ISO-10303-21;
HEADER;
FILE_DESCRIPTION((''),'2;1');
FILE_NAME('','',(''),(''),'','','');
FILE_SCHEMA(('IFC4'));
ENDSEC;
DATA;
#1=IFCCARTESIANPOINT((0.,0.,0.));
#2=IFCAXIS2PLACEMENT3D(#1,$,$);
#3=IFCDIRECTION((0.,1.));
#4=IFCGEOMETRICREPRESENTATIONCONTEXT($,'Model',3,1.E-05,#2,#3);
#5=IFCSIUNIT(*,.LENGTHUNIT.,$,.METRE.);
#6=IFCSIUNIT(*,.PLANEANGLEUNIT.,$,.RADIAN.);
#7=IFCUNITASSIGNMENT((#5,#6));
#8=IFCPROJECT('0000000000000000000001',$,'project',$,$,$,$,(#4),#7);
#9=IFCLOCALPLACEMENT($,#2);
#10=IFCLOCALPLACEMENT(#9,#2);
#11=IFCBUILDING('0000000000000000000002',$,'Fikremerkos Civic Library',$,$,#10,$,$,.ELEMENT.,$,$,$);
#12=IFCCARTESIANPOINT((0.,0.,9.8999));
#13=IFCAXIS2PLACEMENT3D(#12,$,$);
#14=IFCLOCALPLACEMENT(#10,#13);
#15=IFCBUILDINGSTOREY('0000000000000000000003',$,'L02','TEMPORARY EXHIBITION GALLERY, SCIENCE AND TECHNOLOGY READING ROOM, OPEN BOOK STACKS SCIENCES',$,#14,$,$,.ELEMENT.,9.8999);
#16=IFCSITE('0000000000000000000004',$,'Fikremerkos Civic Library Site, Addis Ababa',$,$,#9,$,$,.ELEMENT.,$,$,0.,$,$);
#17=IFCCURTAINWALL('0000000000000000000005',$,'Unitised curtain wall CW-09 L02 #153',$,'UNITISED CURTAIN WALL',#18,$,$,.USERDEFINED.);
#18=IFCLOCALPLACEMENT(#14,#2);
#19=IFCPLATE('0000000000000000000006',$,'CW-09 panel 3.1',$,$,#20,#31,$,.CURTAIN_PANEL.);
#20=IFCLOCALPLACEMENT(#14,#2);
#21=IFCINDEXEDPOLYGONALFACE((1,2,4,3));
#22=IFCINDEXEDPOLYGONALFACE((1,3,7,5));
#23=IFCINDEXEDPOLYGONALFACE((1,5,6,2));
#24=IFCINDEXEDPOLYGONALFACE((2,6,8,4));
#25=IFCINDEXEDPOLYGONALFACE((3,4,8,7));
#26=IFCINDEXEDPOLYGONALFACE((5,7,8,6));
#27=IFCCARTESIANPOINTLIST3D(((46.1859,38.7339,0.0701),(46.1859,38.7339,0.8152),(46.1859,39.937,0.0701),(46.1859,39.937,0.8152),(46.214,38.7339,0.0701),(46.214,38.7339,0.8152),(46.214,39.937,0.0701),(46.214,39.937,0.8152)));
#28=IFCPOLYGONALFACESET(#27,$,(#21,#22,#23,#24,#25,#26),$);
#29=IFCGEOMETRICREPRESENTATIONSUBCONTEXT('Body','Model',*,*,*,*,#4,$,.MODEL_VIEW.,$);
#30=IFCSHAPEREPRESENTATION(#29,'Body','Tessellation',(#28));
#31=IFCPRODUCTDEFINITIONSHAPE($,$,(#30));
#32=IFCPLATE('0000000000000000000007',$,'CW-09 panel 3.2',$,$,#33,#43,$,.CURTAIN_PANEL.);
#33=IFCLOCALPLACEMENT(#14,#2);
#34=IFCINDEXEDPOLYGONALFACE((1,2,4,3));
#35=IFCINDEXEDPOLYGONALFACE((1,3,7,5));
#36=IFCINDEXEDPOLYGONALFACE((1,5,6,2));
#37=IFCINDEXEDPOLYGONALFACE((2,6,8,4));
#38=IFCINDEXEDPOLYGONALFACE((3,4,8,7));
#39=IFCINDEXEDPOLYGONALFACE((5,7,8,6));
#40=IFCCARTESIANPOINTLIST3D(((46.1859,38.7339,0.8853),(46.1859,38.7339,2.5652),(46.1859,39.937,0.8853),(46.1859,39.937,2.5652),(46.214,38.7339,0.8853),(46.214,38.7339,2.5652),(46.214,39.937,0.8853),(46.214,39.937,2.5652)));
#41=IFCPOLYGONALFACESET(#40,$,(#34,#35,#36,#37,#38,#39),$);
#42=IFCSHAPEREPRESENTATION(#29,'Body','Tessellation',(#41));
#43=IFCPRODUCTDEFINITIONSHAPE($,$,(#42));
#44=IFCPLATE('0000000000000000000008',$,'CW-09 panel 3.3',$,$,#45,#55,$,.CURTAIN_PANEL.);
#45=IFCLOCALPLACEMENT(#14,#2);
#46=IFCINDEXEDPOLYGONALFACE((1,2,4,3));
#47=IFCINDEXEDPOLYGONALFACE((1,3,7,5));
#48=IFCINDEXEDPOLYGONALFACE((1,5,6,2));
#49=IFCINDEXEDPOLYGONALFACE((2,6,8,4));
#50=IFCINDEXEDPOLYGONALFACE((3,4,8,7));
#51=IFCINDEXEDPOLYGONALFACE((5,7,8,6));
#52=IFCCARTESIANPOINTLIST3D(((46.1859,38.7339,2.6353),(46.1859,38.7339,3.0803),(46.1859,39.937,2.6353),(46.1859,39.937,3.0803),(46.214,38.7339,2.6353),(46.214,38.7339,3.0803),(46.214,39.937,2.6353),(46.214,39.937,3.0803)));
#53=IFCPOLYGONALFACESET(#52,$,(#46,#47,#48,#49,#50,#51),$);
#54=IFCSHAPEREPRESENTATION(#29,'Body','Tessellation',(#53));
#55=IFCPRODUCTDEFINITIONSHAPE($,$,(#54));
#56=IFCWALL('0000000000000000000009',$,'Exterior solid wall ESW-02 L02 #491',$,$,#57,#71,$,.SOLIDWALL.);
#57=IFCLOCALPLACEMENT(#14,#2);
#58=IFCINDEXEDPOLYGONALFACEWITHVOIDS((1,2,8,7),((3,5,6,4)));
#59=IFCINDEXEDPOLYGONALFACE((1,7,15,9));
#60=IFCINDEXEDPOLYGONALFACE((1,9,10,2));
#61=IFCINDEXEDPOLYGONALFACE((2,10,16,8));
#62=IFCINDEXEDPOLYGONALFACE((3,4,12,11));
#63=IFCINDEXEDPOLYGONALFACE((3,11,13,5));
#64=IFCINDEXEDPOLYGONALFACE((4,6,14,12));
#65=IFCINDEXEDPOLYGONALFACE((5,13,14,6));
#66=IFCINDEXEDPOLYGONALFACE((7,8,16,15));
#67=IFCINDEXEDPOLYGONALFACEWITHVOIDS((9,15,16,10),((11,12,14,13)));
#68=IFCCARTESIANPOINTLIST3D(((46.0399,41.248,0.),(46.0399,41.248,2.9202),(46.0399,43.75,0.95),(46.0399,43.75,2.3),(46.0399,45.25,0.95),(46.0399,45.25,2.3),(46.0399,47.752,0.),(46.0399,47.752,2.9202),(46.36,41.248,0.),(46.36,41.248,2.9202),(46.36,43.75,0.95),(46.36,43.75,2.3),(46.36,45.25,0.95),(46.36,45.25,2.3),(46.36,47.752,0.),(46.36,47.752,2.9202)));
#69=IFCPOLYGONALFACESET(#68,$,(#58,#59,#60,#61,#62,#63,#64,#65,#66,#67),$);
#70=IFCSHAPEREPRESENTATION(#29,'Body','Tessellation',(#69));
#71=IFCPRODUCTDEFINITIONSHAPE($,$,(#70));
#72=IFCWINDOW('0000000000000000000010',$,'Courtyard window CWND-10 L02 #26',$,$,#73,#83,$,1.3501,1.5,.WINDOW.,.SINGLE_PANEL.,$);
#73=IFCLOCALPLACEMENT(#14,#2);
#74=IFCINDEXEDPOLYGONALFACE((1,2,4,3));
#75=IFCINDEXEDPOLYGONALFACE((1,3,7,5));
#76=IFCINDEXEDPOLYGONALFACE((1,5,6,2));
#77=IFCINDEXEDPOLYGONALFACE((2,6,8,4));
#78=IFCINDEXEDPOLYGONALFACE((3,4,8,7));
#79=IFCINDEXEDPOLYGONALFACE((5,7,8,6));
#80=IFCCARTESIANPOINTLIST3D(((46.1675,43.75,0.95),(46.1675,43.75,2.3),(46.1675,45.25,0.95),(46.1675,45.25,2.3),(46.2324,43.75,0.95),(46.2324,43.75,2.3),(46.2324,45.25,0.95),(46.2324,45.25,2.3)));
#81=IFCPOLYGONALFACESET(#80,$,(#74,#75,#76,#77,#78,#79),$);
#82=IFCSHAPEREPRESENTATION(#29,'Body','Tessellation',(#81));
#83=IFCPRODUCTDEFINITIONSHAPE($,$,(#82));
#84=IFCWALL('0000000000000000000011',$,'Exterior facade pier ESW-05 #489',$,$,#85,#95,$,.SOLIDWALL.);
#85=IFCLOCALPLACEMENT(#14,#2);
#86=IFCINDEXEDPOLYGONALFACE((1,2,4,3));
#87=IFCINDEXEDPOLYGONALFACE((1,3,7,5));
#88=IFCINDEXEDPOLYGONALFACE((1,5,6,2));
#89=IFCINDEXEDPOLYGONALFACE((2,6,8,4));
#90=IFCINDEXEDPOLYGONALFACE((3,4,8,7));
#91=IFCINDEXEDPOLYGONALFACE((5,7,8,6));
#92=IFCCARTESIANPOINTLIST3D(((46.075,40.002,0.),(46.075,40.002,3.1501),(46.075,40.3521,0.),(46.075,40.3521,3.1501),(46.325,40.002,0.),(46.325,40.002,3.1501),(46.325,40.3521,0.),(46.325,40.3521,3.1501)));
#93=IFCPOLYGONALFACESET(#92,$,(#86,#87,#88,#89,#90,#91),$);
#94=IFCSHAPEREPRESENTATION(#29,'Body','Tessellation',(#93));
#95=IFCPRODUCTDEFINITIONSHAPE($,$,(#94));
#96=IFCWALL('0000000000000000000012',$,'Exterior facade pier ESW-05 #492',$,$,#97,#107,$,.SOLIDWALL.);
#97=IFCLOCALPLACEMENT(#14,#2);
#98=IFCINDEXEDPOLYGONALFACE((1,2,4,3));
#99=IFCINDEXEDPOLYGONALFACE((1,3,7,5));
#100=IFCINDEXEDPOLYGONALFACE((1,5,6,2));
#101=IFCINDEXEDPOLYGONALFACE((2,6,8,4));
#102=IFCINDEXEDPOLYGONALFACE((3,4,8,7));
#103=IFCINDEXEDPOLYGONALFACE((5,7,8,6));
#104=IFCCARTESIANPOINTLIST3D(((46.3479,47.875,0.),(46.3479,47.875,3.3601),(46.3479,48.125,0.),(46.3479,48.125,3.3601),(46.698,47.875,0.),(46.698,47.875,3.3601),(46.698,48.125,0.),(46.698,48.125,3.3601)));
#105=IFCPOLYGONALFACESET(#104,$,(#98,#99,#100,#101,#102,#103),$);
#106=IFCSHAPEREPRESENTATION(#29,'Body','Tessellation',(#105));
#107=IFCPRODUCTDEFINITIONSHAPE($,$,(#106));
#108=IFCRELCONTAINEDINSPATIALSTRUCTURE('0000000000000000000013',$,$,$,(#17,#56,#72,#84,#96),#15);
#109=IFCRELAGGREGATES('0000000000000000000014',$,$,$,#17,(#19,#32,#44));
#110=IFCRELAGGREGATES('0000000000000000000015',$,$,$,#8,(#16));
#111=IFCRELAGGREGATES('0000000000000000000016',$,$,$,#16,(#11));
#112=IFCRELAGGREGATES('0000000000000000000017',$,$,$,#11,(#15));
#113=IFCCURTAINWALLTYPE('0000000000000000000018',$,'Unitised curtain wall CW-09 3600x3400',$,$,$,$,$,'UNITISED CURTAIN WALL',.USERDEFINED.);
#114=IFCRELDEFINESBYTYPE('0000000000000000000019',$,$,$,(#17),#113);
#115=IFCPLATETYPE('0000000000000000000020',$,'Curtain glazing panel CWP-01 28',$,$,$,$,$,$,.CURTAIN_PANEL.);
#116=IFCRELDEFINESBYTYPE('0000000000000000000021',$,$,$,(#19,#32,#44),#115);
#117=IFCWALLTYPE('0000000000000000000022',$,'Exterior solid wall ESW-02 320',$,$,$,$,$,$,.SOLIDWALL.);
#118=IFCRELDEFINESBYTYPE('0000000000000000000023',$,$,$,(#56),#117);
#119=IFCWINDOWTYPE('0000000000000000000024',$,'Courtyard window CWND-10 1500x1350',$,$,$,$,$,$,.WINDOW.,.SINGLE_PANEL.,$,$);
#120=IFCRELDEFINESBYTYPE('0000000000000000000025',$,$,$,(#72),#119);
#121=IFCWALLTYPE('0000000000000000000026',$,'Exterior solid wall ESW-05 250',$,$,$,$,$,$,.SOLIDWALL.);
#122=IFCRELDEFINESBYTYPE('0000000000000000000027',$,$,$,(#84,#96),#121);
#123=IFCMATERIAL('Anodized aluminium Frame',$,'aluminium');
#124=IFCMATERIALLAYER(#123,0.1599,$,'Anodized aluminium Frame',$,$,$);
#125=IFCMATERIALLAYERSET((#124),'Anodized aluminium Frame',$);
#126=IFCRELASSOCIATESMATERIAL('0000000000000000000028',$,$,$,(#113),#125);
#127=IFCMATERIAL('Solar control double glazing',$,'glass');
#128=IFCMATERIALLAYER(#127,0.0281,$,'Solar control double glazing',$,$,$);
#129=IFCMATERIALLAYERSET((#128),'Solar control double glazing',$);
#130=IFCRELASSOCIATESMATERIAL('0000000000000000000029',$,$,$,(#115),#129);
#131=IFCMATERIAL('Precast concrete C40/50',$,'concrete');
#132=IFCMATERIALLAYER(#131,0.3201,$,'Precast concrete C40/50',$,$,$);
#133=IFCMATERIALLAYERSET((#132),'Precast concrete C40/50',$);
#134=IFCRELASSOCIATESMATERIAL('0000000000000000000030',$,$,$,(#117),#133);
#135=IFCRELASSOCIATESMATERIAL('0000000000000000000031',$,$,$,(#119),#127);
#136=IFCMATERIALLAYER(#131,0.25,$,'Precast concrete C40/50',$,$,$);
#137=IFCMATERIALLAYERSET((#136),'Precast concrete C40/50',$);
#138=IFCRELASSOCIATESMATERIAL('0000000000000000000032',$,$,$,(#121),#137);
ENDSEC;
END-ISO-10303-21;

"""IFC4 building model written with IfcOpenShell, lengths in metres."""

from ifc_helpers import new_model, si_unit, direction, frame, frame_2d, origin, origin_2d, place, context, subcontext, project, spatial, rectangle, extrude, material, layer, layer_set, type_object, element, fill, aggregate, save


model = new_model("IFC4")

# Units and contexts
model_context = context("Model", 3, precision=1e-05, world=origin(), true_north=direction((0.0, 1.0)))
body_context = subcontext(model_context, "Body", "Model", "MODEL_VIEW")
ifc_project = project(units=[si_unit("LENGTHUNIT", "METRE"), si_unit("PLANEANGLEUNIT", "RADIAN")], contexts=[model_context])

# Site, building, storey
site_placement = place(None, origin())
site = spatial("IfcSite", under=ifc_project, at=site_placement, Name="Fikremerkos Civic Library Site, Addis Ababa", CompositionType="ELEMENT", RefElevation=0.0)
building_placement = place(site_placement, origin())
building = spatial("IfcBuilding", under=site, at=building_placement, Name="Fikremerkos Civic Library", CompositionType="ELEMENT")
storey_placement = place(building_placement, frame((0.0, 0.0, 9.8999)))
storey = spatial("IfcBuildingStorey", under=building, at=storey_placement, Name="L02", Description="TEMPORARY EXHIBITION GALLERY, SCIENCE AND TECHNOLOGY READING ROOM, OPEN BOOK STACKS SCIENCES", CompositionType="ELEMENT", Elevation=9.8999)

# Curtain wall
ifc_material_1 = material(Name="Anodized aluminium Frame", Category="aluminium")
ifc_layer_1 = layer(ifc_material_1, 0.1599, Name="Anodized aluminium Frame")
ifc_layer_set_1 = layer_set([ifc_layer_1], Name="Anodized aluminium Frame")
curtain_wall_type = type_object("IfcCurtainWallType", Name="Unitised curtain wall CW-09 3600x3400", ElementType="UNITISED CURTAIN WALL", PredefinedType="USERDEFINED", material=ifc_layer_set_1)
curtain_wall_placement = place(storey_placement, origin())
curtain_wall = element("IfcCurtainWall", 1, at=curtain_wall_placement, inside=storey, type_object=curtain_wall_type, Name="Unitised curtain wall CW-09 L02 #153", ObjectType="UNITISED CURTAIN WALL", PredefinedType="USERDEFINED")

# Plates
ifc_material_2 = material(Name="Solar control double glazing", Category="glass")
ifc_layer_2 = layer(ifc_material_2, 0.0281, Name="Solar control double glazing")
ifc_layer_set_2 = layer_set([ifc_layer_2], Name="Solar control double glazing")
plate_type = type_object("IfcPlateType", Name="Curtain glazing panel CWP-01 28", PredefinedType="CURTAIN_PANEL", material=ifc_layer_set_2)
plate_1_placement = place(storey_placement, frame((46.2, 39.3354, 0.0701), z_axis=(0.0, 0.0, 1.0), x_axis=(0.0, 1.0, 0.0)))
plate_1 = element("IfcPlate", 2, at=plate_1_placement, type_object=plate_type, Name="CW-09 panel 3.1", PredefinedType="CURTAIN_PANEL", context=body_context, shape_type="SweptSolid", body=[
    extrude(rectangle(XDim=1.2031, YDim=0.0281, at=origin_2d()), origin(), (0.0, 0.0, 1.0), 0.7451),
])
plate_2_placement = place(storey_placement, frame((46.2, 39.3354, 0.8853), z_axis=(0.0, 0.0, 1.0), x_axis=(0.0, 1.0, 0.0)))
plate_2 = element("IfcPlate", 3, at=plate_2_placement, type_object=plate_type, Name="CW-09 panel 3.2", PredefinedType="CURTAIN_PANEL", context=body_context, shape_type="SweptSolid", body=[
    extrude(rectangle(XDim=1.2031, YDim=0.0281, at=origin_2d()), origin(), (0.0, 0.0, 1.0), 1.6799),
])
plate_3_placement = place(storey_placement, frame((46.2, 39.3354, 2.6353), z_axis=(0.0, 0.0, 1.0), x_axis=(0.0, 1.0, 0.0)))
plate_3 = element("IfcPlate", 4, at=plate_3_placement, type_object=plate_type, Name="CW-09 panel 3.3", PredefinedType="CURTAIN_PANEL", context=body_context, shape_type="SweptSolid", body=[
    extrude(rectangle(XDim=1.2031, YDim=0.0281, at=origin_2d()), origin(), (0.0, 0.0, 1.0), 0.4451),
])
aggregate(curtain_wall, [plate_1, plate_2, plate_3])

# Wall, opening, window
ifc_material_3 = material(Name="Precast concrete C40/50", Category="concrete")
ifc_layer_3 = layer(ifc_material_3, 0.3201, Name="Precast concrete C40/50")
ifc_layer_set_3 = layer_set([ifc_layer_3], Name="Precast concrete C40/50")
wall_type_1 = type_object("IfcWallType", Name="Exterior solid wall ESW-02 320", PredefinedType="SOLIDWALL", material=ifc_layer_set_3)
wall_1_placement = place(storey_placement, frame((46.2, 41.248, 0.0), z_axis=(0.0, 0.0, 1.0), x_axis=(0.0, 1.0, 0.0)))
wall_1 = element("IfcWall", 5, at=wall_1_placement, inside=storey, type_object=wall_type_1, Name="Exterior solid wall ESW-02 L02 #491", PredefinedType="SOLIDWALL", context=body_context, shape_type="SweptSolid", body=[
    extrude(rectangle(XDim=6.5039, YDim=0.3201, at=frame_2d((3.252, 0.0))), origin(), (0.0, 0.0, 1.0), 2.9202),
])
opening_placement = place(wall_1_placement, frame((2.502, 0.0, 0.95)))
opening = element("IfcOpeningElement", 6, at=opening_placement, cuts=wall_1, PredefinedType="OPENING", context=body_context, shape_type="SweptSolid", body=[
    extrude(rectangle(XDim=1.5, YDim=1.3501, at=frame_2d((0.75, 0.675))), frame((0.0, 0.1699, 0.0), z_axis=(0.0, -1.0, 0.0), x_axis=(1.0, 0.0, 0.0)), (0.0, 0.0, 1.0), 0.3401),
])
window_type = type_object("IfcWindowType", Name="Courtyard window CWND-10 1500x1350", PartitioningType="SINGLE_PANEL", PredefinedType="WINDOW", material=ifc_material_2)
window_placement = place(opening_placement, origin())
window = element("IfcWindow", 7, at=window_placement, inside=storey, type_object=window_type, Name="Courtyard window CWND-10 L02 #26", OverallHeight=1.3501, OverallWidth=1.5, PartitioningType="SINGLE_PANEL", PredefinedType="WINDOW", context=body_context, shape_type="SweptSolid", body=[
    extrude(rectangle(XDim=1.5, YDim=1.3501, at=frame_2d((0.75, 0.675))), frame((0.0, 0.0325, 0.0), z_axis=(0.0, -1.0, 0.0), x_axis=(1.0, 0.0, 0.0)), (0.0, 0.0, 1.0), 0.0649),
])
fill(opening, window)

# Walls
ifc_layer_4 = layer(ifc_material_3, 0.25, Name="Precast concrete C40/50")
ifc_layer_set_4 = layer_set([ifc_layer_4], Name="Precast concrete C40/50")
wall_type_2 = type_object("IfcWallType", Name="Exterior solid wall ESW-05 250", PredefinedType="SOLIDWALL", material=ifc_layer_set_4)
wall_2_placement = place(storey_placement, frame((46.2, 40.002, 0.0), z_axis=(0.0, 0.0, 1.0), x_axis=(0.0, 1.0, 0.0)))
element("IfcWall", 8, at=wall_2_placement, inside=storey, type_object=wall_type_2, Name="Exterior facade pier ESW-05 #489", PredefinedType="SOLIDWALL", context=body_context, shape_type="SweptSolid", body=[
    extrude(rectangle(XDim=0.3501, YDim=0.25, at=frame_2d((0.175, 0.0))), origin(), (0.0, 0.0, 1.0), 3.1501),
])
wall_3_placement = place(storey_placement, frame((46.3479, 48.0, 0.0), z_axis=(0.0, 0.0, 1.0), x_axis=(1.0, 0.0, 0.0)))
element("IfcWall", 9, at=wall_3_placement, inside=storey, type_object=wall_type_2, Name="Exterior facade pier ESW-05 #492", PredefinedType="SOLIDWALL", context=body_context, shape_type="SweptSolid", body=[
    extrude(rectangle(XDim=0.3501, YDim=0.25, at=frame_2d((0.175, 0.0))), origin(), (0.0, 0.0, 1.0), 3.3601),
])

save(model, "model.ifc")
